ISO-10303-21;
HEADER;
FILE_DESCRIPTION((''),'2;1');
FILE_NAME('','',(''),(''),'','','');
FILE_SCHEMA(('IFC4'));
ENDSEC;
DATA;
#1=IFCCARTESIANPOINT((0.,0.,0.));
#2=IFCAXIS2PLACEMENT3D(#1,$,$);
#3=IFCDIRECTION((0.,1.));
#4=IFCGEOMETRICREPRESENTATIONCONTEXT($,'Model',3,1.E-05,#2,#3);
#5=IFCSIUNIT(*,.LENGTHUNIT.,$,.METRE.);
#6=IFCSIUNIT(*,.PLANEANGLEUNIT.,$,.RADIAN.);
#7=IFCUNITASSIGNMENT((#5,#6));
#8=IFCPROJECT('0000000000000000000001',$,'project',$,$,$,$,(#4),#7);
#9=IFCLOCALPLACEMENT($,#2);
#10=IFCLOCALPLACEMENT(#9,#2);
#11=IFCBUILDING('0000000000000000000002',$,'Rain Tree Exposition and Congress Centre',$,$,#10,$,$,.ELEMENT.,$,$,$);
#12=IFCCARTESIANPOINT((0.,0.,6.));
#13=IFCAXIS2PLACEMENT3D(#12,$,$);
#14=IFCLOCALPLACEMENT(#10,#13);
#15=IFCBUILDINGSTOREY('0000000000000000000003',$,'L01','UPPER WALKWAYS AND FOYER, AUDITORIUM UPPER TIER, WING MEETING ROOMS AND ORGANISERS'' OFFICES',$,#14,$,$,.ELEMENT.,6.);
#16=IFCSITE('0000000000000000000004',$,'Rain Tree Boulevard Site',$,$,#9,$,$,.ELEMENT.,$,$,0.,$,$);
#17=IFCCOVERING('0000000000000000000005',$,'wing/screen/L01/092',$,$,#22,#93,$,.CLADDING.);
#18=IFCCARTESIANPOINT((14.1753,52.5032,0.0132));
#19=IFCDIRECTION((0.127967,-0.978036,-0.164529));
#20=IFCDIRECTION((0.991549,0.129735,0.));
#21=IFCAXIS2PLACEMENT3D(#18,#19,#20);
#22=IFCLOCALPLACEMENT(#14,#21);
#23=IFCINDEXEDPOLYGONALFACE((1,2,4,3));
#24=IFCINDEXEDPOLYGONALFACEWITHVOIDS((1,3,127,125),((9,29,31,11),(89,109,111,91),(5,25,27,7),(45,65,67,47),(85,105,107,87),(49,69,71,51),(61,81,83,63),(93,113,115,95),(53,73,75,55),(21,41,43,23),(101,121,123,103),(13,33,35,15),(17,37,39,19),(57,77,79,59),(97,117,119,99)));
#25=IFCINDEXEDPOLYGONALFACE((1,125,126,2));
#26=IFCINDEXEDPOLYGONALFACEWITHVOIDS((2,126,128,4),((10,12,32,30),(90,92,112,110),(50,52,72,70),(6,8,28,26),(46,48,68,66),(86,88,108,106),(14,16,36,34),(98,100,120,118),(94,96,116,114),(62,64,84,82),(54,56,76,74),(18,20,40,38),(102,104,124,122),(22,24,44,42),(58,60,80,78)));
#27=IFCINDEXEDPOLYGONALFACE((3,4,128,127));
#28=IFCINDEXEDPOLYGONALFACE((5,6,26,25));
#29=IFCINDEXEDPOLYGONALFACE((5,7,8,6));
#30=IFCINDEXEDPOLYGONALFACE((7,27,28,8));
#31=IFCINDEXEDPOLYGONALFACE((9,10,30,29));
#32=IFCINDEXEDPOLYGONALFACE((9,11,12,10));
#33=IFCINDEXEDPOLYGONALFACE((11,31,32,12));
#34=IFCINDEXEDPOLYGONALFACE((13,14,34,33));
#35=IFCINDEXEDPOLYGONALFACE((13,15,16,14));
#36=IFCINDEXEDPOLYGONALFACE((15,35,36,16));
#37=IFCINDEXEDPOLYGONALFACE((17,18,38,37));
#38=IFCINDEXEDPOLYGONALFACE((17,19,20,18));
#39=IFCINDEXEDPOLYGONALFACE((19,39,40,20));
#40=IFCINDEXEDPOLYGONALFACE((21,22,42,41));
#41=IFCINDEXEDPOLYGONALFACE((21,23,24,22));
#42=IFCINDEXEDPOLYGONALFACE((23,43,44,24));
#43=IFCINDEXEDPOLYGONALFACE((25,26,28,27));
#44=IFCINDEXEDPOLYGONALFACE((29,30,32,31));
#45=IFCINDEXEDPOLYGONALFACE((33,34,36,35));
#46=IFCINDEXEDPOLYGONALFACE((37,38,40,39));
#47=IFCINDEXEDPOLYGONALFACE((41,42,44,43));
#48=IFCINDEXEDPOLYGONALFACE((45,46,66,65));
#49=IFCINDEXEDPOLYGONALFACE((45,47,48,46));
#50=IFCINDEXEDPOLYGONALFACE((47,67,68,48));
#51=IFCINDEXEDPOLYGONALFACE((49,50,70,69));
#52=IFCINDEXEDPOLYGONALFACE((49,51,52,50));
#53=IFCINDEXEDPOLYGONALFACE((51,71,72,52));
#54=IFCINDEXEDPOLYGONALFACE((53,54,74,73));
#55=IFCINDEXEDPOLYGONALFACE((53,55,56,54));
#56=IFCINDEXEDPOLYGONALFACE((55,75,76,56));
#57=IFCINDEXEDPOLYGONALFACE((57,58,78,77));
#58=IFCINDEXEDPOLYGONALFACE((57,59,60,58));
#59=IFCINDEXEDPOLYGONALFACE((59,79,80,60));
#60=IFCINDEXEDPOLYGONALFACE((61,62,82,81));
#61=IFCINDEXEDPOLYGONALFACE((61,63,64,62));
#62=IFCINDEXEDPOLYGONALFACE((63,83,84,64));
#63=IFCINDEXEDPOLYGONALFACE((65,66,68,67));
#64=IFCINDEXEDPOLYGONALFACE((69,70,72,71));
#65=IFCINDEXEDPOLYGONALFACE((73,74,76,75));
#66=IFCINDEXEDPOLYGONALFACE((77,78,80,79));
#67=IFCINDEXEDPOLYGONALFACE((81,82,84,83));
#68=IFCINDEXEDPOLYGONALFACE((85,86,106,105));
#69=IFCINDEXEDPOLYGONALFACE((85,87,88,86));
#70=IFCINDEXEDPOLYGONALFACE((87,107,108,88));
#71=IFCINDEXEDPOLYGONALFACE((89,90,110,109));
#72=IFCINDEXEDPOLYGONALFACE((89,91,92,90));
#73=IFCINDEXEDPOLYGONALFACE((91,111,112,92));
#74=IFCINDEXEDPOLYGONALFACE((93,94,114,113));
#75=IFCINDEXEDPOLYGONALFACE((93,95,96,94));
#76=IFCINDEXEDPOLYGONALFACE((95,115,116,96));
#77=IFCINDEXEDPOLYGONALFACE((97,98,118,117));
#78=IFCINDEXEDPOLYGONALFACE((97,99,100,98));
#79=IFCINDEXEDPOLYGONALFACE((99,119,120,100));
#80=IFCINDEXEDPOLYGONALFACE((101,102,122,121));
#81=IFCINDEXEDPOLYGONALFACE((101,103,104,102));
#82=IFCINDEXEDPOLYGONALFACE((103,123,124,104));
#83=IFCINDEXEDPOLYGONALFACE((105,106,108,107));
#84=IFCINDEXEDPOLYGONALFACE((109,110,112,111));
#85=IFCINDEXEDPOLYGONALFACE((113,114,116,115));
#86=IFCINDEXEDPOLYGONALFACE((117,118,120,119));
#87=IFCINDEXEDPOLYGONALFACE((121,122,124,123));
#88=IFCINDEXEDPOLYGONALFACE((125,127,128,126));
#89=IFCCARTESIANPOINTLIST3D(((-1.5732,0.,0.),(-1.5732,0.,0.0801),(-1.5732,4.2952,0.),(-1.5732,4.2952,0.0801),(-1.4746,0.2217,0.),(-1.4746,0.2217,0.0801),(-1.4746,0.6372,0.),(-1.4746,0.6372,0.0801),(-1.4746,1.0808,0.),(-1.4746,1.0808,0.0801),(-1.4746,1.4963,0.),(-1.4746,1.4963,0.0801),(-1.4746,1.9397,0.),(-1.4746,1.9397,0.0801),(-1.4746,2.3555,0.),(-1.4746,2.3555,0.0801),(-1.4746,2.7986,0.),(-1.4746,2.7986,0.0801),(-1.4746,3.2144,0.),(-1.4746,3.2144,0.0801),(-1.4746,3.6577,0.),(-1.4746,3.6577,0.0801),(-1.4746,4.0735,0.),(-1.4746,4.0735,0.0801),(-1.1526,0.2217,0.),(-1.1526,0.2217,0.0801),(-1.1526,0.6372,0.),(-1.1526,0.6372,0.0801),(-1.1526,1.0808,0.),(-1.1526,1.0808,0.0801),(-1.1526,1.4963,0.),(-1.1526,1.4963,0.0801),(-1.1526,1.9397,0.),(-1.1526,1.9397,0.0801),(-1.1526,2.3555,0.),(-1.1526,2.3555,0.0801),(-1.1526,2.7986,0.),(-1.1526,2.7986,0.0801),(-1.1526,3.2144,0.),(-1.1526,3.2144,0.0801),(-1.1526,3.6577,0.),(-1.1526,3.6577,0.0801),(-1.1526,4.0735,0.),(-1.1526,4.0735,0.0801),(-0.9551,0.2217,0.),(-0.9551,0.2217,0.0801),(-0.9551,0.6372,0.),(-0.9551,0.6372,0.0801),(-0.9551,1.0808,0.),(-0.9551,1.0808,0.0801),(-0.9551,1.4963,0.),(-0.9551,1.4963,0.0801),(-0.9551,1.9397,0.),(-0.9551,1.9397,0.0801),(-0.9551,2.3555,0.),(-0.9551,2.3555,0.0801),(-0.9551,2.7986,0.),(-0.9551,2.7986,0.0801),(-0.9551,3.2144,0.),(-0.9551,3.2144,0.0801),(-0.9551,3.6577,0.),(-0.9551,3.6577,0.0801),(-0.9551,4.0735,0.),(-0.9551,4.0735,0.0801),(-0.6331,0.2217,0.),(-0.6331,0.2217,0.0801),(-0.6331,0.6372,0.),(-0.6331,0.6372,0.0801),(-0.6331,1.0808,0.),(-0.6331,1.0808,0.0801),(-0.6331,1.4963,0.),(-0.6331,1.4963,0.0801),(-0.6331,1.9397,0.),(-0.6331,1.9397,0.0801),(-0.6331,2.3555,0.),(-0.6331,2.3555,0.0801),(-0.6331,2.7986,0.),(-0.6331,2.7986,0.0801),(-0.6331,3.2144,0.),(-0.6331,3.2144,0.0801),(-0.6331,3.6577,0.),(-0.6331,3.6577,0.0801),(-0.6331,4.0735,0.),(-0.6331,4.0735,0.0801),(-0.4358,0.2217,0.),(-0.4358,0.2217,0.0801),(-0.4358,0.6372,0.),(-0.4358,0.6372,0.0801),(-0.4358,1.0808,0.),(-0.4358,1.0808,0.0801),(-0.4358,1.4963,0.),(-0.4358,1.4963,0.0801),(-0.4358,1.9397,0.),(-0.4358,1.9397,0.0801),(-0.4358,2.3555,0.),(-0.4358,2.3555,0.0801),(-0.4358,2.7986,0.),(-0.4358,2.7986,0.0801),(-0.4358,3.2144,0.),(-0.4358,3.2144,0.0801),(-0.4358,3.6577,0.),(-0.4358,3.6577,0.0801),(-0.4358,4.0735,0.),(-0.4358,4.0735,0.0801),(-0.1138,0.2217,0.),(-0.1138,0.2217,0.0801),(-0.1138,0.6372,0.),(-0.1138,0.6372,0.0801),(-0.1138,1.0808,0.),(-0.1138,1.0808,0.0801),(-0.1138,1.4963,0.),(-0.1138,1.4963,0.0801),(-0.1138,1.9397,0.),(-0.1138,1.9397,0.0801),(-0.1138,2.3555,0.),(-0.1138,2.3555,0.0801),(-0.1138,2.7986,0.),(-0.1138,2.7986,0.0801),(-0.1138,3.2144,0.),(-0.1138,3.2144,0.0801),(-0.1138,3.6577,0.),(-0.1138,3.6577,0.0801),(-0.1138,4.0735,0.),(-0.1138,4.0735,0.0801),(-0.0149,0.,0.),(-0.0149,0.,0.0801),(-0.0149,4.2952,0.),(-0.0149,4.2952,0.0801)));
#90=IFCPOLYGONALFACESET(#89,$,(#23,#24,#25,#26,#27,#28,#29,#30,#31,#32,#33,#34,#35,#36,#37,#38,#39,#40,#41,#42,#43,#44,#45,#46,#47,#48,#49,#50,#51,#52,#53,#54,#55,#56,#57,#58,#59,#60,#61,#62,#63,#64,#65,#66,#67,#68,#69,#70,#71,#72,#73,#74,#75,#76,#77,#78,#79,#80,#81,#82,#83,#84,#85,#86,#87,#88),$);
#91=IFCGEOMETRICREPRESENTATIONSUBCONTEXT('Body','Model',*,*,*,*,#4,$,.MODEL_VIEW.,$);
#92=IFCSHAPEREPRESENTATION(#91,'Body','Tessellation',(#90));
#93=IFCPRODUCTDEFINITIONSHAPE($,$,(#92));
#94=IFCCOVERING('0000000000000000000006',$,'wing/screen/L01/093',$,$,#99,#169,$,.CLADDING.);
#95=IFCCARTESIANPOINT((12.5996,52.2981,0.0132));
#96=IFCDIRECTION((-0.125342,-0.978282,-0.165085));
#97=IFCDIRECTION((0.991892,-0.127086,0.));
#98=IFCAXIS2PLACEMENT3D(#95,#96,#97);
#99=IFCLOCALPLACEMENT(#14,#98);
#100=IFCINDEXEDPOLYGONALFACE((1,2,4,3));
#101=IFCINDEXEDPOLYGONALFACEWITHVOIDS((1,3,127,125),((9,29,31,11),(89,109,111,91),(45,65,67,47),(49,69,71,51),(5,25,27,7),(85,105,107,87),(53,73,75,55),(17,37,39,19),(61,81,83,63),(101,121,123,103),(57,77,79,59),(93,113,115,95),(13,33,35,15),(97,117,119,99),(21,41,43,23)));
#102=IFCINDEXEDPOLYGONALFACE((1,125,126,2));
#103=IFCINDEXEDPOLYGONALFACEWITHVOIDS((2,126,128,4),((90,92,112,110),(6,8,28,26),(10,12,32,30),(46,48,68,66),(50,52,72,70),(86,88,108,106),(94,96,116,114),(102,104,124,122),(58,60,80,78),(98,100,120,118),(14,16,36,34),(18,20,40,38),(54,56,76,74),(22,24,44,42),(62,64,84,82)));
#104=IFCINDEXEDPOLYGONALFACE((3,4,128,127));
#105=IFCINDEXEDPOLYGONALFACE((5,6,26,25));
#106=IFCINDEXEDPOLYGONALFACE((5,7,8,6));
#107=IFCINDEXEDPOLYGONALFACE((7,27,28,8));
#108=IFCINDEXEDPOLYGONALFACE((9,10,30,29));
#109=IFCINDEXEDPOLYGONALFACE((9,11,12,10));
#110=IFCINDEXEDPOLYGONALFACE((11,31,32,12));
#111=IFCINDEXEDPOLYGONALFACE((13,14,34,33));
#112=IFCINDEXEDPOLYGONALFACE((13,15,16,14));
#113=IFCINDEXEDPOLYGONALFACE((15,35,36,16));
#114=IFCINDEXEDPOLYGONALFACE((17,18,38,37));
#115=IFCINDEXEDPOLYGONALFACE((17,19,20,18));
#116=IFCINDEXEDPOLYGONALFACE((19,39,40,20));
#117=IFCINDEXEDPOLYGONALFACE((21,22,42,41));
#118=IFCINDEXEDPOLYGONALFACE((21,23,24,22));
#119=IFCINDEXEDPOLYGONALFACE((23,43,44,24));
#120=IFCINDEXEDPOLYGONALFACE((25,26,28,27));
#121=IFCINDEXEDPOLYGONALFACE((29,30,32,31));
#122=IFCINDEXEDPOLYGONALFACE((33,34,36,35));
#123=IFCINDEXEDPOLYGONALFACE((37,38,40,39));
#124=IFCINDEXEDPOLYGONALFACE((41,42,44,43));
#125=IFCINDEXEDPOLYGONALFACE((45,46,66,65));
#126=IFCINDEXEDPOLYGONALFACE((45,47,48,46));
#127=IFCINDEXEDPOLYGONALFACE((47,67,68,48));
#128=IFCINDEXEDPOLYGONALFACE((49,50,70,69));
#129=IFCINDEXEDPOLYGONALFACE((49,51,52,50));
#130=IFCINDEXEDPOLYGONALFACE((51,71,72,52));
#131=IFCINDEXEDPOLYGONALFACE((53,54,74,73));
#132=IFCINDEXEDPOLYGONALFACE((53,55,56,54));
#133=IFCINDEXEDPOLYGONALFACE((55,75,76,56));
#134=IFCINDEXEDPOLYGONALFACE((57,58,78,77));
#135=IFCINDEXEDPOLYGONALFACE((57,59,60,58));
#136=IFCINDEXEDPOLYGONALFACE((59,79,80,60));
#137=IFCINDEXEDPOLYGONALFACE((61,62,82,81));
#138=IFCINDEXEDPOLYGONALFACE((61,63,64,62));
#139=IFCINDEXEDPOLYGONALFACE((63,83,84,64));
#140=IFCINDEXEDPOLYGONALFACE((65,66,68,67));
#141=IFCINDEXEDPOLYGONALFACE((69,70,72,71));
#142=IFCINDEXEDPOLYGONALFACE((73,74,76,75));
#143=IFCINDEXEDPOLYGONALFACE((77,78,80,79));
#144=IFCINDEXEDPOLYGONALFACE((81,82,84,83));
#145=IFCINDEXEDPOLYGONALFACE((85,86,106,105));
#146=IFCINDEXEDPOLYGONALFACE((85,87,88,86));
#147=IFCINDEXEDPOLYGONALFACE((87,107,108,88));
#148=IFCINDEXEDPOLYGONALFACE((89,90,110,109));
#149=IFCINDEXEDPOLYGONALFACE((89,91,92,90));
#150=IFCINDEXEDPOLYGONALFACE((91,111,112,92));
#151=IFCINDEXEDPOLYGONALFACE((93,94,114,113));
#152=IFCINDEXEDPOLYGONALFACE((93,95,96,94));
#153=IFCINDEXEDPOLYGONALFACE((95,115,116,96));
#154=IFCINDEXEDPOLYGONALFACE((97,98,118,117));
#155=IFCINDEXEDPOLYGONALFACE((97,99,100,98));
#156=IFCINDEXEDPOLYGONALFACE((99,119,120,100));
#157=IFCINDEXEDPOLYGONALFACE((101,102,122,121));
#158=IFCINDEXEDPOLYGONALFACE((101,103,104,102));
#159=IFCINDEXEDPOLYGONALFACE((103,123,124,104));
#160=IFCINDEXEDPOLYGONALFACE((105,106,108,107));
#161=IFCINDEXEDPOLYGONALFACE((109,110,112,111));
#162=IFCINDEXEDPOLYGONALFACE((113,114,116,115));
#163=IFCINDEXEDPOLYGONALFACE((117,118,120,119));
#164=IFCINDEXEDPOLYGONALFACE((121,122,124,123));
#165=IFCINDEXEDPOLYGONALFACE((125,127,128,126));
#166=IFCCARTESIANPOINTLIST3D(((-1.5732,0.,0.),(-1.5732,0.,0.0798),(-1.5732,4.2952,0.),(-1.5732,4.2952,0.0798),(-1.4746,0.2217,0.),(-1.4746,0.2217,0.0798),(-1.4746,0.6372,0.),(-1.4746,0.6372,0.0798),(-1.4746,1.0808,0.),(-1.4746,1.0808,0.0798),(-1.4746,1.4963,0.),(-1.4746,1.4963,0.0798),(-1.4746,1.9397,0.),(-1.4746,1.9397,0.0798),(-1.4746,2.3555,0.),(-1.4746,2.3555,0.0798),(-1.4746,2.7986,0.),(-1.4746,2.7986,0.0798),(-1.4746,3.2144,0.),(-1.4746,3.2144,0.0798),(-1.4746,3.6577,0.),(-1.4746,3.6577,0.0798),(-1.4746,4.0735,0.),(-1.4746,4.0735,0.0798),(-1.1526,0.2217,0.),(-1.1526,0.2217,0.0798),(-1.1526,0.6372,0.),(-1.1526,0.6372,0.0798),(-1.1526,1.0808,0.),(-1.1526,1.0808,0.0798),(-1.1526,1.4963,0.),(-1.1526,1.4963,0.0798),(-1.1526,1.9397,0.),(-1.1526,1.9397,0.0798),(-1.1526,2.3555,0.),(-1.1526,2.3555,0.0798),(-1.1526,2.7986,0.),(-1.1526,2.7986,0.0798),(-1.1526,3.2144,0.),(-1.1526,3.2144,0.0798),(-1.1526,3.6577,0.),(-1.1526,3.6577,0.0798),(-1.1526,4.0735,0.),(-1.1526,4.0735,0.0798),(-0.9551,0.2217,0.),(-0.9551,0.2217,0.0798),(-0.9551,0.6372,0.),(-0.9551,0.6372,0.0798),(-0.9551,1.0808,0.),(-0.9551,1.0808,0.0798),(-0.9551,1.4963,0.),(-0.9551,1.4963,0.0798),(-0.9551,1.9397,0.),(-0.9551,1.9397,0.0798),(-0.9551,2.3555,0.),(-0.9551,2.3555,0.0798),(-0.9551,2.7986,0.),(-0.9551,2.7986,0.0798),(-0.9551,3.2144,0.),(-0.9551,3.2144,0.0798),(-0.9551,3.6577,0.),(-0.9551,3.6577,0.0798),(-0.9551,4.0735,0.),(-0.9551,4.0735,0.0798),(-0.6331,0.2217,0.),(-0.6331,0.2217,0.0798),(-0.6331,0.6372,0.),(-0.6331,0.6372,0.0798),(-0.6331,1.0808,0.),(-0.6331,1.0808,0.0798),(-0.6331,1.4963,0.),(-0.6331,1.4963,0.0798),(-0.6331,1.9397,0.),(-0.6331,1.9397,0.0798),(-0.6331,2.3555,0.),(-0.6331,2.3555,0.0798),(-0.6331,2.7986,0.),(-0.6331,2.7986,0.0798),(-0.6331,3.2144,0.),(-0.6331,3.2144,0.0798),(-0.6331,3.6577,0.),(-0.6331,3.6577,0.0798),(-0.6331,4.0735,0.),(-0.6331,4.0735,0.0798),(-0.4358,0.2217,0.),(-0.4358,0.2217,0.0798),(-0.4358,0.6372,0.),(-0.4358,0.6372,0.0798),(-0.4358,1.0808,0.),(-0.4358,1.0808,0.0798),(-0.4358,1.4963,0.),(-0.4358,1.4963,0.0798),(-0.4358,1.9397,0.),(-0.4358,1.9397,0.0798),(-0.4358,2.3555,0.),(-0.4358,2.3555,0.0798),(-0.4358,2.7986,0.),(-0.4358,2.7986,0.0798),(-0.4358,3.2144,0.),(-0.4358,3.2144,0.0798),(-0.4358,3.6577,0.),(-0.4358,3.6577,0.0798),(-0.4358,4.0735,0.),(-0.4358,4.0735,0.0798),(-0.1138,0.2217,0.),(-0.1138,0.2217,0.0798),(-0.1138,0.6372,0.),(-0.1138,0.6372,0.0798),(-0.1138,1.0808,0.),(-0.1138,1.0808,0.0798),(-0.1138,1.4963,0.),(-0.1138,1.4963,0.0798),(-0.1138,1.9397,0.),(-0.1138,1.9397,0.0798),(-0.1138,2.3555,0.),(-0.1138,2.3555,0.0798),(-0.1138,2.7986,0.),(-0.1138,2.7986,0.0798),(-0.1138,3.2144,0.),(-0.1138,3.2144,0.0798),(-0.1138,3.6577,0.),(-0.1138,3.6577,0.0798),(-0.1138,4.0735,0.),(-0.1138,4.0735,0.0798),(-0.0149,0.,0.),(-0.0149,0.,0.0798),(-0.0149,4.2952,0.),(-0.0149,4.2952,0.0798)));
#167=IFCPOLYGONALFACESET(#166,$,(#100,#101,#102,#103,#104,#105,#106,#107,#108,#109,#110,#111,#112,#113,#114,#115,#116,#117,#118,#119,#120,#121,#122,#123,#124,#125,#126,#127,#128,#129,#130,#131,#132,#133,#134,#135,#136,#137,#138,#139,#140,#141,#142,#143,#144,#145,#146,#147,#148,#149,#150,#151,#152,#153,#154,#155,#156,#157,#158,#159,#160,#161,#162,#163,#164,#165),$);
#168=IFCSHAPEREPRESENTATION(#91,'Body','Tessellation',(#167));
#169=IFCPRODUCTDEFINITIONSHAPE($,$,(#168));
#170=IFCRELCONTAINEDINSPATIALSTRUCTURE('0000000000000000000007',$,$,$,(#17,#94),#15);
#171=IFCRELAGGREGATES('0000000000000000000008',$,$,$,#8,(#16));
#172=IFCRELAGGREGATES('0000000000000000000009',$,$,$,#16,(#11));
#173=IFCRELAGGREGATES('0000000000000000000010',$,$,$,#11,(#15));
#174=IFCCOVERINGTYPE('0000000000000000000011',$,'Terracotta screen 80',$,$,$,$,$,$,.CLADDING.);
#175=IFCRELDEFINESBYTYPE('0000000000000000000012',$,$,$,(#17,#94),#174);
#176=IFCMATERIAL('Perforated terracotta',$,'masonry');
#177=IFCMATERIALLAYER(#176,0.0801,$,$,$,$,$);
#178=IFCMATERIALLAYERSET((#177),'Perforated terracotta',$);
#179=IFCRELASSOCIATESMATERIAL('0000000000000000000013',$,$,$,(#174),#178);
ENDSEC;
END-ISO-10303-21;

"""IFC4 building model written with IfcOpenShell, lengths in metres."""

from ifc_helpers import new_model, si_unit, direction, frame, origin, place, context, subcontext, project, spatial, polyline, outline, extrude, material, layer, layer_set, type_object, element, save


model = new_model("IFC4")

# Units and contexts
model_context = context("Model", 3, precision=1e-05, world=origin(), true_north=direction((0.0, 1.0)))
body_context = subcontext(model_context, "Body", "Model", "MODEL_VIEW")
ifc_project = project(units=[si_unit("LENGTHUNIT", "METRE"), si_unit("PLANEANGLEUNIT", "RADIAN")], contexts=[model_context])

# Site, building, storey
site_placement = place(None, origin())
site = spatial("IfcSite", under=ifc_project, at=site_placement, Name="Rain Tree Boulevard Site", CompositionType="ELEMENT", RefElevation=0.0)
building_placement = place(site_placement, origin())
building = spatial("IfcBuilding", under=site, at=building_placement, Name="Rain Tree Exposition and Congress Centre", CompositionType="ELEMENT")
storey_placement = place(building_placement, frame((0.0, 0.0, 6.0)))
storey = spatial("IfcBuildingStorey", under=building, at=storey_placement, Name="L01", Description="UPPER WALKWAYS AND FOYER, AUDITORIUM UPPER TIER, WING MEETING ROOMS AND ORGANISERS' OFFICES", CompositionType="ELEMENT", Elevation=6.0)

# Coverings
ifc_material_1 = material(Name="Perforated terracotta", Category="masonry")
ifc_layer_1 = layer(ifc_material_1, 0.0801)
ifc_layer_set_1 = layer_set([ifc_layer_1], Name="Perforated terracotta")
covering_type = type_object("IfcCoveringType", Name="Terracotta screen 80", PredefinedType="CLADDING", material=ifc_layer_set_1)
covering_1_placement = place(storey_placement, frame((14.1753, 52.5032, 0.0132), z_axis=(0.127967, -0.978036, -0.164529), x_axis=(0.991549, 0.129735, 0.0)))
element("IfcCovering", 1, at=covering_1_placement, inside=storey, type_object=covering_type, Name="wing/screen/L01/092", PredefinedType="CLADDING", context=body_context, shape_type="SweptSolid", body=[
    extrude(outline(polyline([(-1.5732, 0.0), (-1.5732, 4.2952), (-0.0149, 4.2952), (-0.0149, 0.0), (-1.5732, 0.0)]), holes=[polyline([(-0.1138, 0.2217), (-0.1138, 0.6372), (-0.4358, 0.6372), (-0.4358, 0.2217), (-0.1138, 0.2217)]), polyline([(-0.1138, 1.0808), (-0.1138, 1.4963), (-0.4358, 1.4963), (-0.4358, 1.0808), (-0.1138, 1.0808)]), polyline([(-0.1138, 1.9397), (-0.1138, 2.3555), (-0.4358, 2.3555), (-0.4358, 1.9397), (-0.1138, 1.9397)]), polyline([(-0.1138, 2.7986), (-0.1138, 3.2144), (-0.4358, 3.2144), (-0.4358, 2.7986), (-0.1138, 2.7986)]), polyline([(-0.1138, 3.6577), (-0.1138, 4.0735), (-0.4358, 4.0735), (-0.4358, 3.6577), (-0.1138, 3.6577)]), polyline([(-0.6331, 0.2217), (-0.6331, 0.6372), (-0.9551, 0.6372), (-0.9551, 0.2217), (-0.6331, 0.2217)]), polyline([(-0.6331, 1.0808), (-0.6331, 1.4963), (-0.9551, 1.4963), (-0.9551, 1.0808), (-0.6331, 1.0808)]), polyline([(-0.6331, 1.9397), (-0.6331, 2.3555), (-0.9551, 2.3555), (-0.9551, 1.9397), (-0.6331, 1.9397)]), polyline([(-0.6331, 2.7986), (-0.6331, 3.2144), (-0.9551, 3.2144), (-0.9551, 2.7986), (-0.6331, 2.7986)]), polyline([(-0.6331, 3.6577), (-0.6331, 4.0735), (-0.9551, 4.0735), (-0.9551, 3.6577), (-0.6331, 3.6577)]), polyline([(-1.1526, 0.2217), (-1.1526, 0.6372), (-1.4746, 0.6372), (-1.4746, 0.2217), (-1.1526, 0.2217)]), polyline([(-1.1526, 1.0808), (-1.1526, 1.4963), (-1.4746, 1.4963), (-1.4746, 1.0808), (-1.1526, 1.0808)]), polyline([(-1.1526, 1.9397), (-1.1526, 2.3555), (-1.4746, 2.3555), (-1.4746, 1.9397), (-1.1526, 1.9397)]), polyline([(-1.1526, 2.7986), (-1.1526, 3.2144), (-1.4746, 3.2144), (-1.4746, 2.7986), (-1.1526, 2.7986)]), polyline([(-1.1526, 3.6577), (-1.1526, 4.0735), (-1.4746, 4.0735), (-1.4746, 3.6577), (-1.1526, 3.6577)])]), origin(), (0.0, 0.0, 1.0), 0.0801),
])
covering_2_placement = place(storey_placement, frame((12.5996, 52.2981, 0.0132), z_axis=(-0.125342, -0.978282, -0.165085), x_axis=(0.991892, -0.127086, 0.0)))
element("IfcCovering", 2, at=covering_2_placement, inside=storey, type_object=covering_type, Name="wing/screen/L01/093", PredefinedType="CLADDING", context=body_context, shape_type="SweptSolid", body=[
    extrude(outline(polyline([(-1.5732, 0.0), (-1.5732, 4.2952), (-0.0149, 4.2952), (-0.0149, 0.0), (-1.5732, 0.0)]), holes=[polyline([(-0.1138, 0.2217), (-0.1138, 0.6372), (-0.4358, 0.6372), (-0.4358, 0.2217), (-0.1138, 0.2217)]), polyline([(-0.1138, 1.0808), (-0.1138, 1.4963), (-0.4358, 1.4963), (-0.4358, 1.0808), (-0.1138, 1.0808)]), polyline([(-0.1138, 1.9397), (-0.1138, 2.3555), (-0.4358, 2.3555), (-0.4358, 1.9397), (-0.1138, 1.9397)]), polyline([(-0.1138, 2.7986), (-0.1138, 3.2144), (-0.4358, 3.2144), (-0.4358, 2.7986), (-0.1138, 2.7986)]), polyline([(-0.1138, 3.6577), (-0.1138, 4.0735), (-0.4358, 4.0735), (-0.4358, 3.6577), (-0.1138, 3.6577)]), polyline([(-0.6331, 0.2217), (-0.6331, 0.6372), (-0.9551, 0.6372), (-0.9551, 0.2217), (-0.6331, 0.2217)]), polyline([(-0.6331, 1.0808), (-0.6331, 1.4963), (-0.9551, 1.4963), (-0.9551, 1.0808), (-0.6331, 1.0808)]), polyline([(-0.6331, 1.9397), (-0.6331, 2.3555), (-0.9551, 2.3555), (-0.9551, 1.9397), (-0.6331, 1.9397)]), polyline([(-0.6331, 2.7986), (-0.6331, 3.2144), (-0.9551, 3.2144), (-0.9551, 2.7986), (-0.6331, 2.7986)]), polyline([(-0.6331, 3.6577), (-0.6331, 4.0735), (-0.9551, 4.0735), (-0.9551, 3.6577), (-0.6331, 3.6577)]), polyline([(-1.1526, 0.2217), (-1.1526, 0.6372), (-1.4746, 0.6372), (-1.4746, 0.2217), (-1.1526, 0.2217)]), polyline([(-1.1526, 1.0808), (-1.1526, 1.4963), (-1.4746, 1.4963), (-1.4746, 1.0808), (-1.1526, 1.0808)]), polyline([(-1.1526, 1.9397), (-1.1526, 2.3555), (-1.4746, 2.3555), (-1.4746, 1.9397), (-1.1526, 1.9397)]), polyline([(-1.1526, 2.7986), (-1.1526, 3.2144), (-1.4746, 3.2144), (-1.4746, 2.7986), (-1.1526, 2.7986)]), polyline([(-1.1526, 3.6577), (-1.1526, 4.0735), (-1.4746, 4.0735), (-1.4746, 3.6577), (-1.1526, 3.6577)])]), origin(), (0.0, 0.0, 1.0), 0.0798),
])

save(model, "model.ifc")
